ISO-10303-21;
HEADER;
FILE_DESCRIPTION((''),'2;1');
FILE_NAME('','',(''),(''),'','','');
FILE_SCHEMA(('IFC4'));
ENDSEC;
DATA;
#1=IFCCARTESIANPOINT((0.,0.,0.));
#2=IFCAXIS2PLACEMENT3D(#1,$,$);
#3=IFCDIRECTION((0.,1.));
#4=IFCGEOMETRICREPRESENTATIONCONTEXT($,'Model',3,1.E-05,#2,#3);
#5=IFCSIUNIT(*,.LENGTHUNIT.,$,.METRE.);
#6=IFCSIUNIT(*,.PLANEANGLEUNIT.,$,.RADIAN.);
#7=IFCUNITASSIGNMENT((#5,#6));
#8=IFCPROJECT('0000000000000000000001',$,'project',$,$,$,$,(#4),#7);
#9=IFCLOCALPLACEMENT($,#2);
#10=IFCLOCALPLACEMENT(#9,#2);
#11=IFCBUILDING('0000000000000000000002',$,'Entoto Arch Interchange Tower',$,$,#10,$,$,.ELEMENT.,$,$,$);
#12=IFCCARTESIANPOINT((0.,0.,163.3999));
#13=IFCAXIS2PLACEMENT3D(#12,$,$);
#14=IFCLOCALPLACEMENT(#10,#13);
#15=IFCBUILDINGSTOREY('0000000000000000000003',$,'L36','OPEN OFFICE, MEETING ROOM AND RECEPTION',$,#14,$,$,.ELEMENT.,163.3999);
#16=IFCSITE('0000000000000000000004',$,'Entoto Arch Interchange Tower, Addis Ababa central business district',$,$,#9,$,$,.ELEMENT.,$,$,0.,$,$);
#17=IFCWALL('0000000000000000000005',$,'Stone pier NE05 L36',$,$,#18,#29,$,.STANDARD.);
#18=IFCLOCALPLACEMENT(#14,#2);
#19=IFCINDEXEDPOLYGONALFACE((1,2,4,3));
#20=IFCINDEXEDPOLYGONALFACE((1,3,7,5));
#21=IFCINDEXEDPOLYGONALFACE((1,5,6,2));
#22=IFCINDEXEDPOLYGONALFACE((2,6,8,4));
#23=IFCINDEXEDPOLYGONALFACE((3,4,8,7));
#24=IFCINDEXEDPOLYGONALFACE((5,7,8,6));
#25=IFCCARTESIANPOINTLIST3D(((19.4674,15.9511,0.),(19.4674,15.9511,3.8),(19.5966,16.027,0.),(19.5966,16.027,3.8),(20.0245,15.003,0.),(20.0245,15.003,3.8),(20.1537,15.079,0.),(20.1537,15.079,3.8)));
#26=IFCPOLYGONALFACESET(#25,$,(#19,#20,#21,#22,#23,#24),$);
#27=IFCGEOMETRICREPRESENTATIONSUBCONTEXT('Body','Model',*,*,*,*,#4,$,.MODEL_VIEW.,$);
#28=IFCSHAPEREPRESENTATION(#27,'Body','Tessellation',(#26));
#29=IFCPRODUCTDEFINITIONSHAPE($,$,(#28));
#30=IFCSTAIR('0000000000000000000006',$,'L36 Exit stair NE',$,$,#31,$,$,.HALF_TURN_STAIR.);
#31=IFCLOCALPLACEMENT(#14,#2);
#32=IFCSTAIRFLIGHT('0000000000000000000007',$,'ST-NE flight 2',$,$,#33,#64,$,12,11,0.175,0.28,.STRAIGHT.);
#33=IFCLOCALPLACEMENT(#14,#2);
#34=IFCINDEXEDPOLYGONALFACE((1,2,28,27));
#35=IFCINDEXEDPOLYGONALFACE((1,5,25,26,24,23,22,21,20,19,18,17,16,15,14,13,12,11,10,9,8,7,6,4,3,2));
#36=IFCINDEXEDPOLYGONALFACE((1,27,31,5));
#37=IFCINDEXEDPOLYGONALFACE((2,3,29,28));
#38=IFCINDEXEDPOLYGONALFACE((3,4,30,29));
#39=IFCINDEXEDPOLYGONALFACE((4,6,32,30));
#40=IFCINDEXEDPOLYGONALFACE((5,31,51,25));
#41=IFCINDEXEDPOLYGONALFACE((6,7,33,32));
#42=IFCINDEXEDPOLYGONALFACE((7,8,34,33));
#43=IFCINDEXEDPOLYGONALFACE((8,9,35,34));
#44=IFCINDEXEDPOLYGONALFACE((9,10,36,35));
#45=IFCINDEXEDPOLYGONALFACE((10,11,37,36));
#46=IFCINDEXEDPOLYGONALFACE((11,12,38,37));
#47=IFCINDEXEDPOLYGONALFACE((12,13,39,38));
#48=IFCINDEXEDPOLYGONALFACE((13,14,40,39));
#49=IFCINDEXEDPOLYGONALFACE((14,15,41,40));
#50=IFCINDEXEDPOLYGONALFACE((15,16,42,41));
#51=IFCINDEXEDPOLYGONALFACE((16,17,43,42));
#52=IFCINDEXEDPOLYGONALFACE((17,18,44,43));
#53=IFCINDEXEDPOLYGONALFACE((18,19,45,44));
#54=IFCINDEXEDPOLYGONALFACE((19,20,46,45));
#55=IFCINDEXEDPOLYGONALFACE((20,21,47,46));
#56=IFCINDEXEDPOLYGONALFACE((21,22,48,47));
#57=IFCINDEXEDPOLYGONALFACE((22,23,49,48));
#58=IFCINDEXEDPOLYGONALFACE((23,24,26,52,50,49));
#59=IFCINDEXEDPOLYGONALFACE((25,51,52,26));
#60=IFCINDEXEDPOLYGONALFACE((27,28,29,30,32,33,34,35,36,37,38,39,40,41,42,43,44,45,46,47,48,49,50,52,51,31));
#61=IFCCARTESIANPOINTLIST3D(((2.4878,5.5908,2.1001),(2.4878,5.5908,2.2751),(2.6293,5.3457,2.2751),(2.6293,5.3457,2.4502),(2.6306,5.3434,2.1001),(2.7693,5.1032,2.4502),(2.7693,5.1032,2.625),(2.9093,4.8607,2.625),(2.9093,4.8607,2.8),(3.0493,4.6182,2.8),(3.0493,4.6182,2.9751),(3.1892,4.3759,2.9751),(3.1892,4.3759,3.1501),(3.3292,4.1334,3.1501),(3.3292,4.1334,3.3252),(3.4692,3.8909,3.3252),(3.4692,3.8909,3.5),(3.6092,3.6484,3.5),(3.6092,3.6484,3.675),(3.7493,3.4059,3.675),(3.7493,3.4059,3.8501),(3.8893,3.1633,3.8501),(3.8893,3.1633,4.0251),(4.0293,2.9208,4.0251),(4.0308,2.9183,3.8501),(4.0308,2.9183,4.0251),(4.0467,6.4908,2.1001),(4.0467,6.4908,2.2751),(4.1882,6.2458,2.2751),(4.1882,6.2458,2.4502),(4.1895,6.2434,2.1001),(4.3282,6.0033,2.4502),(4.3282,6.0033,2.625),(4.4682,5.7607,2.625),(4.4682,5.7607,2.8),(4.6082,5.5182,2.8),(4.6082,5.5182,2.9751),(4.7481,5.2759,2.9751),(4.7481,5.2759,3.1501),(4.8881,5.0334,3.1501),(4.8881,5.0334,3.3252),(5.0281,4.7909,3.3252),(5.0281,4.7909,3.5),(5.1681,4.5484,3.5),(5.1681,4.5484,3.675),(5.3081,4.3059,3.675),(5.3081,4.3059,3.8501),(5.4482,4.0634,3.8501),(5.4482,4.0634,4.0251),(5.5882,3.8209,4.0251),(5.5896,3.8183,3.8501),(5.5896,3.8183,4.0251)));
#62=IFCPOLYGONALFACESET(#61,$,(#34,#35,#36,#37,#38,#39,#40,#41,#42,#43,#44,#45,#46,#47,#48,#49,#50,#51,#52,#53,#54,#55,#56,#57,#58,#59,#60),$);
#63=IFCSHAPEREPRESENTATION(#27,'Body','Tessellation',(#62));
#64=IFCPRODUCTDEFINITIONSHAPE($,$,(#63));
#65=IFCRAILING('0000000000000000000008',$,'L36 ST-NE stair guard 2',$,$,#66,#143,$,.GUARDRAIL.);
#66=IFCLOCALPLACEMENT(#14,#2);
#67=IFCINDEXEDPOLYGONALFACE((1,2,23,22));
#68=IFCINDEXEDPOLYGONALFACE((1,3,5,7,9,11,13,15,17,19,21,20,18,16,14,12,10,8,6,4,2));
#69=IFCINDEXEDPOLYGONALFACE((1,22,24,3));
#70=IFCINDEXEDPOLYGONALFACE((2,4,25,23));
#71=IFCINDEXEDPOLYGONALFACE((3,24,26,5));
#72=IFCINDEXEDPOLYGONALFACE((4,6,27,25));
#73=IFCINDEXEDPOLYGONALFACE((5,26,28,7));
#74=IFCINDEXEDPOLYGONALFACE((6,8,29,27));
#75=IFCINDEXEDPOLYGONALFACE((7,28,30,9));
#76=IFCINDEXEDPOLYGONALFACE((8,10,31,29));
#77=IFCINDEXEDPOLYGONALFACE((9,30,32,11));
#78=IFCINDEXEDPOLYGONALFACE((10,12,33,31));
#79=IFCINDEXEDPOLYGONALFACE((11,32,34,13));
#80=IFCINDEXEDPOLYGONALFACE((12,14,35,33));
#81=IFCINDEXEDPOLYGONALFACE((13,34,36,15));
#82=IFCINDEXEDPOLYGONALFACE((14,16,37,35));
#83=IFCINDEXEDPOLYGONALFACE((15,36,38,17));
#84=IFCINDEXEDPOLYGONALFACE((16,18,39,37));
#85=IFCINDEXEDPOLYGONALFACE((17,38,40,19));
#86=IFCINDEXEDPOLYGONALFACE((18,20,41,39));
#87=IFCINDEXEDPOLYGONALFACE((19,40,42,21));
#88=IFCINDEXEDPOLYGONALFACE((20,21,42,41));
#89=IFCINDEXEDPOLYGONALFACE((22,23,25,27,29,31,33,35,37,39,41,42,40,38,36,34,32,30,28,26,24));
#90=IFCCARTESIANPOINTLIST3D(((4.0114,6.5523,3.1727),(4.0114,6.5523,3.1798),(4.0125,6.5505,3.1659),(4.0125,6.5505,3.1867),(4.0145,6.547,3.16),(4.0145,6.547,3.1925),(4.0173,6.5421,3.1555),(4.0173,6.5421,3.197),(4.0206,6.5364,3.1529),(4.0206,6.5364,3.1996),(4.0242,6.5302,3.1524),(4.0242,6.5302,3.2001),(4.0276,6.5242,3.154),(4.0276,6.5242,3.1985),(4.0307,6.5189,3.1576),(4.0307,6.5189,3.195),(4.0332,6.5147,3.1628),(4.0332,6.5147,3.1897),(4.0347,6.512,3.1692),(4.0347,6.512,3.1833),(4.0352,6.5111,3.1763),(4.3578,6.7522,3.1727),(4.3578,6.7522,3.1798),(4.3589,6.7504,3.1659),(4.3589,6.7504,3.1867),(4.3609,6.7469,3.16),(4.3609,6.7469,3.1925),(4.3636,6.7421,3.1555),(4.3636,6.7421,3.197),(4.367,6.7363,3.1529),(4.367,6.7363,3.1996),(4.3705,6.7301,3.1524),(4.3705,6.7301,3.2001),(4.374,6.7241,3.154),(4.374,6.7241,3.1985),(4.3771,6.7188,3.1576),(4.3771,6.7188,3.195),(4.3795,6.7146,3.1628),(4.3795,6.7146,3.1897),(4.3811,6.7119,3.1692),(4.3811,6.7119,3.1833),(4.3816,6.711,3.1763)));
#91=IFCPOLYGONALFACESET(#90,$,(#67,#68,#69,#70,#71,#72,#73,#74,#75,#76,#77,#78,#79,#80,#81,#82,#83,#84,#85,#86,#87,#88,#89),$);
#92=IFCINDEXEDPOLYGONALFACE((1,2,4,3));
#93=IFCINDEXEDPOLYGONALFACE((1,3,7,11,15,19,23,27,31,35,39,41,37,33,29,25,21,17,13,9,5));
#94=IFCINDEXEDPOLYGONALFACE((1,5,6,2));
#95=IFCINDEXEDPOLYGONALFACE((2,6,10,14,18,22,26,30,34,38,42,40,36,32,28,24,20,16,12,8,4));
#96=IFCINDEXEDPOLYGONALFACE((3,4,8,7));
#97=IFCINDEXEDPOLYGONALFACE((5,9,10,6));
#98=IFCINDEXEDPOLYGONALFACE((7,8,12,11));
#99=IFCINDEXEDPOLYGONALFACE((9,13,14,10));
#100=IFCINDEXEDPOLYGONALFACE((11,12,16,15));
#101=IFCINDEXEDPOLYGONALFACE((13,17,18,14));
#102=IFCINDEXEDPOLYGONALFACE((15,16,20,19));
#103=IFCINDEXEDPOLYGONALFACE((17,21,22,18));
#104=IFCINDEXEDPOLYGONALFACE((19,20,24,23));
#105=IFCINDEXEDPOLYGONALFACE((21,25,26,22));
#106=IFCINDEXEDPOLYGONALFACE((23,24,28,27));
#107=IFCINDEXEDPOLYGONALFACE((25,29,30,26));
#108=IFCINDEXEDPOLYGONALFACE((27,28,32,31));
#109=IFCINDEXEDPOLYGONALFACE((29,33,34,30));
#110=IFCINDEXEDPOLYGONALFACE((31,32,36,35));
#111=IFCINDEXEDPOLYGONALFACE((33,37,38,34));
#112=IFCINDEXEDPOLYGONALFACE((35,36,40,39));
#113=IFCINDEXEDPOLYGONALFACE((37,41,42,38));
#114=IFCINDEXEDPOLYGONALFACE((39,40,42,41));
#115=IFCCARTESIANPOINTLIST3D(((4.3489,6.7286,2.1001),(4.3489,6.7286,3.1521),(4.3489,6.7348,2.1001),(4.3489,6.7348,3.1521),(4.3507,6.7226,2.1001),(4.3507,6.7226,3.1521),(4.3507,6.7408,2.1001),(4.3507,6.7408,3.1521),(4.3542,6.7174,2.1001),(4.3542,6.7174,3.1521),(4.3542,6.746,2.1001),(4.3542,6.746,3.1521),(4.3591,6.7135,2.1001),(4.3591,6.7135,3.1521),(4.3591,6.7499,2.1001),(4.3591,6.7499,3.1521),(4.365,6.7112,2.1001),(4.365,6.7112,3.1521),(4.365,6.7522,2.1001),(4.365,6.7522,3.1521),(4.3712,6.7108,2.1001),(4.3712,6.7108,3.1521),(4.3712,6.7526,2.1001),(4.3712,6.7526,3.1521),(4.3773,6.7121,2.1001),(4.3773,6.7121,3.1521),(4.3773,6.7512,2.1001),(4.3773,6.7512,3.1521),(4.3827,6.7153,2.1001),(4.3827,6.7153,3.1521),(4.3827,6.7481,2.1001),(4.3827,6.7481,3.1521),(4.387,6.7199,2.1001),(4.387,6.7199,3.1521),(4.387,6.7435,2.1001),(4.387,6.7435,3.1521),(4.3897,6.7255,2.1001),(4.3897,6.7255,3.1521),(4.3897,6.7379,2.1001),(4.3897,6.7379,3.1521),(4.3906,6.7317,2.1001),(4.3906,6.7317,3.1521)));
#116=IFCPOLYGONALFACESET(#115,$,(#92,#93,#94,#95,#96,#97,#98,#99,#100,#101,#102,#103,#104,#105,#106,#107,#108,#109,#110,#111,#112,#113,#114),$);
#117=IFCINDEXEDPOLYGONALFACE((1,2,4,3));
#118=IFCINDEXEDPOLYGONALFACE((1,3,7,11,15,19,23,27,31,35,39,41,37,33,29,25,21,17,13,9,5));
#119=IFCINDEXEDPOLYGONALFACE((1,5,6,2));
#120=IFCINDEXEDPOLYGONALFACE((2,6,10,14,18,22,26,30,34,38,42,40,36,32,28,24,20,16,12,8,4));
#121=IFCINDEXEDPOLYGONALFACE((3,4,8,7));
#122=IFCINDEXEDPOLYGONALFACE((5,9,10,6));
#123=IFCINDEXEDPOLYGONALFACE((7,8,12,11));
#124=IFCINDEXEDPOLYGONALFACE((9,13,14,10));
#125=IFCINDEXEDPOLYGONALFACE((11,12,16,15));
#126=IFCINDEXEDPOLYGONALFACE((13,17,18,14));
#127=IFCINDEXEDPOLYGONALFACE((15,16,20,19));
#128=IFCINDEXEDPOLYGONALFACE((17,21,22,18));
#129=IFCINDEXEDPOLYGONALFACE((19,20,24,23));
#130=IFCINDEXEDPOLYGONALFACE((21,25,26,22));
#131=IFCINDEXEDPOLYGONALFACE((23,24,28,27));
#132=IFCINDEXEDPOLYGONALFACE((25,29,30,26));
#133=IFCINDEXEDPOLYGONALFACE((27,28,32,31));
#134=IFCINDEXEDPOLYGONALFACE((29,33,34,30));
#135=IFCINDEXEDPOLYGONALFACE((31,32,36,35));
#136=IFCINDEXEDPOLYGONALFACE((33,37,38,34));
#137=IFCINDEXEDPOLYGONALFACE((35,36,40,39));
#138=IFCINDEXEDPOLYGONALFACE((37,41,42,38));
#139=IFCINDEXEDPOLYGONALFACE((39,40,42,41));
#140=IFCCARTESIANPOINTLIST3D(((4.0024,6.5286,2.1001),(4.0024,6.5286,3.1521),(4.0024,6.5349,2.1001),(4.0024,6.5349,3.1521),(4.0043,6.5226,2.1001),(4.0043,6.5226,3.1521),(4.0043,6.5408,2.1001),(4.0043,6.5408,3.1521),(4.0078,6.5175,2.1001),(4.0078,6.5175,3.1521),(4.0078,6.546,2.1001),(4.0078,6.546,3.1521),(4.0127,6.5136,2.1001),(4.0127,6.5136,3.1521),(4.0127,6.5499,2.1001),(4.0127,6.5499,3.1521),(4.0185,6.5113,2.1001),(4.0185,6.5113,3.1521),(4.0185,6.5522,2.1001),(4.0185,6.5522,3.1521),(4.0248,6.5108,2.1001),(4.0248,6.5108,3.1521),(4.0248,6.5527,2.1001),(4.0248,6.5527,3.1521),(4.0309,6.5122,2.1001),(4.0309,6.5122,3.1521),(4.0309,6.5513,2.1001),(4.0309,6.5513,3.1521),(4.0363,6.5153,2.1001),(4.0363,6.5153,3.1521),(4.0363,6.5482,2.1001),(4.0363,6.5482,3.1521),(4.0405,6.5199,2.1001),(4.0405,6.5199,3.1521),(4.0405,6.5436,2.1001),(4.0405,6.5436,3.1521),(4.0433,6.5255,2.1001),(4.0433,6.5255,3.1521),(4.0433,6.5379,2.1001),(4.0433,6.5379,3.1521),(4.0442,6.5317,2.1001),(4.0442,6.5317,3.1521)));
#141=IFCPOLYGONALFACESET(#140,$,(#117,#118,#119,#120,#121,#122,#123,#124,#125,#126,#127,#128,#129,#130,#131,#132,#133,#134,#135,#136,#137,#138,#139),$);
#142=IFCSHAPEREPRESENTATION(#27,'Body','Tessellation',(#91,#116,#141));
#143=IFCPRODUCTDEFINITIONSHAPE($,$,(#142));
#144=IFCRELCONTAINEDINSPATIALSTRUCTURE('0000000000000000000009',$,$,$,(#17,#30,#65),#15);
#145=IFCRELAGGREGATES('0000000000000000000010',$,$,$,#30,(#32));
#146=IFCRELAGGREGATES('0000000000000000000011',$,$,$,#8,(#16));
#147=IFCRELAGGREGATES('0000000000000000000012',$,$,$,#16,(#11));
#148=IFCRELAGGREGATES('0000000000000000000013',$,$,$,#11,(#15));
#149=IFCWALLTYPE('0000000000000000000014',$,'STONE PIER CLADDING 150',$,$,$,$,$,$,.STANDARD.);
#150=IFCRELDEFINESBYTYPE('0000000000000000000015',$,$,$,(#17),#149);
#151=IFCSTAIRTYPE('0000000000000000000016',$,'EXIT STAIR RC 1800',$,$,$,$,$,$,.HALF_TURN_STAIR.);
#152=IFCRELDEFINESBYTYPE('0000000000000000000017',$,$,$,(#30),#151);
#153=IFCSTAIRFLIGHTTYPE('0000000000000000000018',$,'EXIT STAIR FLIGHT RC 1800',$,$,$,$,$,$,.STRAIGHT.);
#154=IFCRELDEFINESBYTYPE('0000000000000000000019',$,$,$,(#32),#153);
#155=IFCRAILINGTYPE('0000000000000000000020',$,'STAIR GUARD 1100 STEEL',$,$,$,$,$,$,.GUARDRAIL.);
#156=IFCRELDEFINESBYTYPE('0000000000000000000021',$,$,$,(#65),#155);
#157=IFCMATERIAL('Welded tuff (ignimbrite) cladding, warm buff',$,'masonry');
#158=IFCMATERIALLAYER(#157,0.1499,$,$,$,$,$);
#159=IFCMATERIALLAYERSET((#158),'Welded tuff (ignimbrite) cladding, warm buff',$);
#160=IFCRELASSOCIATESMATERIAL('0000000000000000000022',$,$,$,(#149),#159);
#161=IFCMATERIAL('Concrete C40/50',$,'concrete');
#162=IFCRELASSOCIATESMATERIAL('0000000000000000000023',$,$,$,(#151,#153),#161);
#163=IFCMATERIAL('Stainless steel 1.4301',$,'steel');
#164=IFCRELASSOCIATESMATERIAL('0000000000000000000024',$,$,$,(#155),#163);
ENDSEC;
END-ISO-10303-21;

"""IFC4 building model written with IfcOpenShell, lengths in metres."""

from ifc_helpers import new_model, si_unit, direction, frame, frame_2d, origin, origin_2d, place, context, subcontext, project, spatial, polyline, rectangle, circle, outline, extrude, material, layer, layer_set, type_object, element, aggregate, save


model = new_model("IFC4")

# Units and contexts
model_context = context("Model", 3, precision=1e-05, world=origin(), true_north=direction((0.0, 1.0)))
body_context = subcontext(model_context, "Body", "Model", "MODEL_VIEW")
ifc_project = project(units=[si_unit("LENGTHUNIT", "METRE"), si_unit("PLANEANGLEUNIT", "RADIAN")], contexts=[model_context])

# Site, building, storey
site_placement = place(None, origin())
site = spatial("IfcSite", under=ifc_project, at=site_placement, Name="Entoto Arch Interchange Tower, Addis Ababa central business district", CompositionType="ELEMENT", RefElevation=0.0)
building_placement = place(site_placement, origin())
building = spatial("IfcBuilding", under=site, at=building_placement, Name="Entoto Arch Interchange Tower", CompositionType="ELEMENT")
storey_placement = place(building_placement, frame((0.0, 0.0, 163.3999)))
storey = spatial("IfcBuildingStorey", under=building, at=storey_placement, Name="L36", Description="OPEN OFFICE, MEETING ROOM AND RECEPTION", CompositionType="ELEMENT", Elevation=163.3999)

# Shared definitions
ifc_material_1 = material(Name="Concrete C40/50", Category="concrete")

# Shared definitions
ifc_material_2 = material(Name="Welded tuff (ignimbrite) cladding, warm buff", Category="masonry")

# Wall
ifc_layer_1 = layer(ifc_material_2, 0.1499)
ifc_layer_set_1 = layer_set([ifc_layer_1], Name="Welded tuff (ignimbrite) cladding, warm buff")
wall_type_1 = type_object("IfcWallType", Name="STONE PIER CLADDING 150", PredefinedType="STANDARD", material=ifc_layer_set_1)
wall_1_placement = place(storey_placement, frame((20.0891, 15.041, 0.0), z_axis=(0.0, 0.0, 1.0), x_axis=(-0.506671, 0.86214, 0.0)))
element("IfcWall", 1, at=wall_1_placement, inside=storey, type_object=wall_type_1, Name="Stone pier NE05 L36", PredefinedType="STANDARD", context=body_context, shape_type="SweptSolid", body=[
    extrude(rectangle(XDim=1.0996, YDim=0.1499, at=frame_2d((0.5498, 0.0))), origin(), (0.0, 0.0, 1.0), 3.8),
])

# Stair, stair flight
stair_type = type_object("IfcStairType", Name="EXIT STAIR RC 1800", PredefinedType="HALF_TURN_STAIR", material=ifc_material_1)
stair_placement = place(storey_placement, origin())
stair = element("IfcStair", 2, at=stair_placement, inside=storey, type_object=stair_type, Name="L36 Exit stair NE", PredefinedType="HALF_TURN_STAIR")
stair_flight_type = type_object("IfcStairFlightType", Name="EXIT STAIR FLIGHT RC 1800", PredefinedType="STRAIGHT", material=ifc_material_1)
stair_flight_placement = place(storey_placement, frame((3.2688, 6.0383, 2.1001), z_axis=(0.0, 0.0, 1.0), x_axis=(0.5, -0.866025, 0.0)))
stair_flight = element("IfcStairFlight", 3, at=stair_flight_placement, type_object=stair_flight_type, Name="ST-NE flight 2", NumberOfRisers=12, NumberOfTreads=11, PredefinedType="STRAIGHT", RiserHeight=0.175, TreadLength=0.28, context=body_context, shape_type="SweptSolid", body=[
    extrude(outline(polyline([(-0.0029, 0.0), (-0.0029, 0.175), (0.28, 0.175), (0.28, 0.3501), (0.5601, 0.3501), (0.5601, 0.5249), (0.8401, 0.5249), (0.8401, 0.7), (1.1201, 0.7), (1.1201, 0.875), (1.3999, 0.875), (1.3999, 1.05), (1.6799, 1.05), (1.6799, 1.2251), (1.96, 1.2251), (1.96, 1.3999), (2.24, 1.3999), (2.24, 1.575), (2.52, 1.575), (2.52, 1.75), (2.8, 1.75), (2.8, 1.925), (3.0801, 1.925), (3.083, 1.925), (3.083, 1.75), (0.2827, 0.0), (-0.0029, 0.0)])), frame((0.0, 0.8999, 0.0), z_axis=(0.0, -1.0, 0.0), x_axis=(1.0, 0.0, 0.0)), (0.0, 0.0, 1.0), 1.8),
])
aggregate(stair, [stair_flight])

# Railing
ifc_material_3 = material(Name="Stainless steel 1.4301", Category="steel")
railing_type_1 = type_object("IfcRailingType", Name="STAIR GUARD 1100 STEEL", PredefinedType="GUARDRAIL", material=ifc_material_3)
railing_1_placement = place(storey_placement, frame((4.3696, 6.7317, 2.1001)))
element("IfcRailing", 4, at=railing_1_placement, inside=storey, type_object=railing_type_1, Name="L36 ST-NE stair guard 2", PredefinedType="GUARDRAIL", context=body_context, shape_type="SweptSolid", body=[
    extrude(circle(Radius=0.0239, at=origin_2d()), frame((0.0, 0.0, 1.0762), z_axis=(-0.866094, -0.499881, 0.0), x_axis=(0.499881, -0.866094, 0.0)), (0.0, 0.0, 1.0), 0.3999),
    extrude(circle(Radius=0.021, at=origin_2d()), origin(), (0.0, 0.0, 1.0), 1.052),
    extrude(circle(Radius=0.021, at=origin_2d()), frame((-0.3464, -0.2, 0.0)), (0.0, 0.0, 1.0), 1.052),
])

save(model, "model.ifc")
